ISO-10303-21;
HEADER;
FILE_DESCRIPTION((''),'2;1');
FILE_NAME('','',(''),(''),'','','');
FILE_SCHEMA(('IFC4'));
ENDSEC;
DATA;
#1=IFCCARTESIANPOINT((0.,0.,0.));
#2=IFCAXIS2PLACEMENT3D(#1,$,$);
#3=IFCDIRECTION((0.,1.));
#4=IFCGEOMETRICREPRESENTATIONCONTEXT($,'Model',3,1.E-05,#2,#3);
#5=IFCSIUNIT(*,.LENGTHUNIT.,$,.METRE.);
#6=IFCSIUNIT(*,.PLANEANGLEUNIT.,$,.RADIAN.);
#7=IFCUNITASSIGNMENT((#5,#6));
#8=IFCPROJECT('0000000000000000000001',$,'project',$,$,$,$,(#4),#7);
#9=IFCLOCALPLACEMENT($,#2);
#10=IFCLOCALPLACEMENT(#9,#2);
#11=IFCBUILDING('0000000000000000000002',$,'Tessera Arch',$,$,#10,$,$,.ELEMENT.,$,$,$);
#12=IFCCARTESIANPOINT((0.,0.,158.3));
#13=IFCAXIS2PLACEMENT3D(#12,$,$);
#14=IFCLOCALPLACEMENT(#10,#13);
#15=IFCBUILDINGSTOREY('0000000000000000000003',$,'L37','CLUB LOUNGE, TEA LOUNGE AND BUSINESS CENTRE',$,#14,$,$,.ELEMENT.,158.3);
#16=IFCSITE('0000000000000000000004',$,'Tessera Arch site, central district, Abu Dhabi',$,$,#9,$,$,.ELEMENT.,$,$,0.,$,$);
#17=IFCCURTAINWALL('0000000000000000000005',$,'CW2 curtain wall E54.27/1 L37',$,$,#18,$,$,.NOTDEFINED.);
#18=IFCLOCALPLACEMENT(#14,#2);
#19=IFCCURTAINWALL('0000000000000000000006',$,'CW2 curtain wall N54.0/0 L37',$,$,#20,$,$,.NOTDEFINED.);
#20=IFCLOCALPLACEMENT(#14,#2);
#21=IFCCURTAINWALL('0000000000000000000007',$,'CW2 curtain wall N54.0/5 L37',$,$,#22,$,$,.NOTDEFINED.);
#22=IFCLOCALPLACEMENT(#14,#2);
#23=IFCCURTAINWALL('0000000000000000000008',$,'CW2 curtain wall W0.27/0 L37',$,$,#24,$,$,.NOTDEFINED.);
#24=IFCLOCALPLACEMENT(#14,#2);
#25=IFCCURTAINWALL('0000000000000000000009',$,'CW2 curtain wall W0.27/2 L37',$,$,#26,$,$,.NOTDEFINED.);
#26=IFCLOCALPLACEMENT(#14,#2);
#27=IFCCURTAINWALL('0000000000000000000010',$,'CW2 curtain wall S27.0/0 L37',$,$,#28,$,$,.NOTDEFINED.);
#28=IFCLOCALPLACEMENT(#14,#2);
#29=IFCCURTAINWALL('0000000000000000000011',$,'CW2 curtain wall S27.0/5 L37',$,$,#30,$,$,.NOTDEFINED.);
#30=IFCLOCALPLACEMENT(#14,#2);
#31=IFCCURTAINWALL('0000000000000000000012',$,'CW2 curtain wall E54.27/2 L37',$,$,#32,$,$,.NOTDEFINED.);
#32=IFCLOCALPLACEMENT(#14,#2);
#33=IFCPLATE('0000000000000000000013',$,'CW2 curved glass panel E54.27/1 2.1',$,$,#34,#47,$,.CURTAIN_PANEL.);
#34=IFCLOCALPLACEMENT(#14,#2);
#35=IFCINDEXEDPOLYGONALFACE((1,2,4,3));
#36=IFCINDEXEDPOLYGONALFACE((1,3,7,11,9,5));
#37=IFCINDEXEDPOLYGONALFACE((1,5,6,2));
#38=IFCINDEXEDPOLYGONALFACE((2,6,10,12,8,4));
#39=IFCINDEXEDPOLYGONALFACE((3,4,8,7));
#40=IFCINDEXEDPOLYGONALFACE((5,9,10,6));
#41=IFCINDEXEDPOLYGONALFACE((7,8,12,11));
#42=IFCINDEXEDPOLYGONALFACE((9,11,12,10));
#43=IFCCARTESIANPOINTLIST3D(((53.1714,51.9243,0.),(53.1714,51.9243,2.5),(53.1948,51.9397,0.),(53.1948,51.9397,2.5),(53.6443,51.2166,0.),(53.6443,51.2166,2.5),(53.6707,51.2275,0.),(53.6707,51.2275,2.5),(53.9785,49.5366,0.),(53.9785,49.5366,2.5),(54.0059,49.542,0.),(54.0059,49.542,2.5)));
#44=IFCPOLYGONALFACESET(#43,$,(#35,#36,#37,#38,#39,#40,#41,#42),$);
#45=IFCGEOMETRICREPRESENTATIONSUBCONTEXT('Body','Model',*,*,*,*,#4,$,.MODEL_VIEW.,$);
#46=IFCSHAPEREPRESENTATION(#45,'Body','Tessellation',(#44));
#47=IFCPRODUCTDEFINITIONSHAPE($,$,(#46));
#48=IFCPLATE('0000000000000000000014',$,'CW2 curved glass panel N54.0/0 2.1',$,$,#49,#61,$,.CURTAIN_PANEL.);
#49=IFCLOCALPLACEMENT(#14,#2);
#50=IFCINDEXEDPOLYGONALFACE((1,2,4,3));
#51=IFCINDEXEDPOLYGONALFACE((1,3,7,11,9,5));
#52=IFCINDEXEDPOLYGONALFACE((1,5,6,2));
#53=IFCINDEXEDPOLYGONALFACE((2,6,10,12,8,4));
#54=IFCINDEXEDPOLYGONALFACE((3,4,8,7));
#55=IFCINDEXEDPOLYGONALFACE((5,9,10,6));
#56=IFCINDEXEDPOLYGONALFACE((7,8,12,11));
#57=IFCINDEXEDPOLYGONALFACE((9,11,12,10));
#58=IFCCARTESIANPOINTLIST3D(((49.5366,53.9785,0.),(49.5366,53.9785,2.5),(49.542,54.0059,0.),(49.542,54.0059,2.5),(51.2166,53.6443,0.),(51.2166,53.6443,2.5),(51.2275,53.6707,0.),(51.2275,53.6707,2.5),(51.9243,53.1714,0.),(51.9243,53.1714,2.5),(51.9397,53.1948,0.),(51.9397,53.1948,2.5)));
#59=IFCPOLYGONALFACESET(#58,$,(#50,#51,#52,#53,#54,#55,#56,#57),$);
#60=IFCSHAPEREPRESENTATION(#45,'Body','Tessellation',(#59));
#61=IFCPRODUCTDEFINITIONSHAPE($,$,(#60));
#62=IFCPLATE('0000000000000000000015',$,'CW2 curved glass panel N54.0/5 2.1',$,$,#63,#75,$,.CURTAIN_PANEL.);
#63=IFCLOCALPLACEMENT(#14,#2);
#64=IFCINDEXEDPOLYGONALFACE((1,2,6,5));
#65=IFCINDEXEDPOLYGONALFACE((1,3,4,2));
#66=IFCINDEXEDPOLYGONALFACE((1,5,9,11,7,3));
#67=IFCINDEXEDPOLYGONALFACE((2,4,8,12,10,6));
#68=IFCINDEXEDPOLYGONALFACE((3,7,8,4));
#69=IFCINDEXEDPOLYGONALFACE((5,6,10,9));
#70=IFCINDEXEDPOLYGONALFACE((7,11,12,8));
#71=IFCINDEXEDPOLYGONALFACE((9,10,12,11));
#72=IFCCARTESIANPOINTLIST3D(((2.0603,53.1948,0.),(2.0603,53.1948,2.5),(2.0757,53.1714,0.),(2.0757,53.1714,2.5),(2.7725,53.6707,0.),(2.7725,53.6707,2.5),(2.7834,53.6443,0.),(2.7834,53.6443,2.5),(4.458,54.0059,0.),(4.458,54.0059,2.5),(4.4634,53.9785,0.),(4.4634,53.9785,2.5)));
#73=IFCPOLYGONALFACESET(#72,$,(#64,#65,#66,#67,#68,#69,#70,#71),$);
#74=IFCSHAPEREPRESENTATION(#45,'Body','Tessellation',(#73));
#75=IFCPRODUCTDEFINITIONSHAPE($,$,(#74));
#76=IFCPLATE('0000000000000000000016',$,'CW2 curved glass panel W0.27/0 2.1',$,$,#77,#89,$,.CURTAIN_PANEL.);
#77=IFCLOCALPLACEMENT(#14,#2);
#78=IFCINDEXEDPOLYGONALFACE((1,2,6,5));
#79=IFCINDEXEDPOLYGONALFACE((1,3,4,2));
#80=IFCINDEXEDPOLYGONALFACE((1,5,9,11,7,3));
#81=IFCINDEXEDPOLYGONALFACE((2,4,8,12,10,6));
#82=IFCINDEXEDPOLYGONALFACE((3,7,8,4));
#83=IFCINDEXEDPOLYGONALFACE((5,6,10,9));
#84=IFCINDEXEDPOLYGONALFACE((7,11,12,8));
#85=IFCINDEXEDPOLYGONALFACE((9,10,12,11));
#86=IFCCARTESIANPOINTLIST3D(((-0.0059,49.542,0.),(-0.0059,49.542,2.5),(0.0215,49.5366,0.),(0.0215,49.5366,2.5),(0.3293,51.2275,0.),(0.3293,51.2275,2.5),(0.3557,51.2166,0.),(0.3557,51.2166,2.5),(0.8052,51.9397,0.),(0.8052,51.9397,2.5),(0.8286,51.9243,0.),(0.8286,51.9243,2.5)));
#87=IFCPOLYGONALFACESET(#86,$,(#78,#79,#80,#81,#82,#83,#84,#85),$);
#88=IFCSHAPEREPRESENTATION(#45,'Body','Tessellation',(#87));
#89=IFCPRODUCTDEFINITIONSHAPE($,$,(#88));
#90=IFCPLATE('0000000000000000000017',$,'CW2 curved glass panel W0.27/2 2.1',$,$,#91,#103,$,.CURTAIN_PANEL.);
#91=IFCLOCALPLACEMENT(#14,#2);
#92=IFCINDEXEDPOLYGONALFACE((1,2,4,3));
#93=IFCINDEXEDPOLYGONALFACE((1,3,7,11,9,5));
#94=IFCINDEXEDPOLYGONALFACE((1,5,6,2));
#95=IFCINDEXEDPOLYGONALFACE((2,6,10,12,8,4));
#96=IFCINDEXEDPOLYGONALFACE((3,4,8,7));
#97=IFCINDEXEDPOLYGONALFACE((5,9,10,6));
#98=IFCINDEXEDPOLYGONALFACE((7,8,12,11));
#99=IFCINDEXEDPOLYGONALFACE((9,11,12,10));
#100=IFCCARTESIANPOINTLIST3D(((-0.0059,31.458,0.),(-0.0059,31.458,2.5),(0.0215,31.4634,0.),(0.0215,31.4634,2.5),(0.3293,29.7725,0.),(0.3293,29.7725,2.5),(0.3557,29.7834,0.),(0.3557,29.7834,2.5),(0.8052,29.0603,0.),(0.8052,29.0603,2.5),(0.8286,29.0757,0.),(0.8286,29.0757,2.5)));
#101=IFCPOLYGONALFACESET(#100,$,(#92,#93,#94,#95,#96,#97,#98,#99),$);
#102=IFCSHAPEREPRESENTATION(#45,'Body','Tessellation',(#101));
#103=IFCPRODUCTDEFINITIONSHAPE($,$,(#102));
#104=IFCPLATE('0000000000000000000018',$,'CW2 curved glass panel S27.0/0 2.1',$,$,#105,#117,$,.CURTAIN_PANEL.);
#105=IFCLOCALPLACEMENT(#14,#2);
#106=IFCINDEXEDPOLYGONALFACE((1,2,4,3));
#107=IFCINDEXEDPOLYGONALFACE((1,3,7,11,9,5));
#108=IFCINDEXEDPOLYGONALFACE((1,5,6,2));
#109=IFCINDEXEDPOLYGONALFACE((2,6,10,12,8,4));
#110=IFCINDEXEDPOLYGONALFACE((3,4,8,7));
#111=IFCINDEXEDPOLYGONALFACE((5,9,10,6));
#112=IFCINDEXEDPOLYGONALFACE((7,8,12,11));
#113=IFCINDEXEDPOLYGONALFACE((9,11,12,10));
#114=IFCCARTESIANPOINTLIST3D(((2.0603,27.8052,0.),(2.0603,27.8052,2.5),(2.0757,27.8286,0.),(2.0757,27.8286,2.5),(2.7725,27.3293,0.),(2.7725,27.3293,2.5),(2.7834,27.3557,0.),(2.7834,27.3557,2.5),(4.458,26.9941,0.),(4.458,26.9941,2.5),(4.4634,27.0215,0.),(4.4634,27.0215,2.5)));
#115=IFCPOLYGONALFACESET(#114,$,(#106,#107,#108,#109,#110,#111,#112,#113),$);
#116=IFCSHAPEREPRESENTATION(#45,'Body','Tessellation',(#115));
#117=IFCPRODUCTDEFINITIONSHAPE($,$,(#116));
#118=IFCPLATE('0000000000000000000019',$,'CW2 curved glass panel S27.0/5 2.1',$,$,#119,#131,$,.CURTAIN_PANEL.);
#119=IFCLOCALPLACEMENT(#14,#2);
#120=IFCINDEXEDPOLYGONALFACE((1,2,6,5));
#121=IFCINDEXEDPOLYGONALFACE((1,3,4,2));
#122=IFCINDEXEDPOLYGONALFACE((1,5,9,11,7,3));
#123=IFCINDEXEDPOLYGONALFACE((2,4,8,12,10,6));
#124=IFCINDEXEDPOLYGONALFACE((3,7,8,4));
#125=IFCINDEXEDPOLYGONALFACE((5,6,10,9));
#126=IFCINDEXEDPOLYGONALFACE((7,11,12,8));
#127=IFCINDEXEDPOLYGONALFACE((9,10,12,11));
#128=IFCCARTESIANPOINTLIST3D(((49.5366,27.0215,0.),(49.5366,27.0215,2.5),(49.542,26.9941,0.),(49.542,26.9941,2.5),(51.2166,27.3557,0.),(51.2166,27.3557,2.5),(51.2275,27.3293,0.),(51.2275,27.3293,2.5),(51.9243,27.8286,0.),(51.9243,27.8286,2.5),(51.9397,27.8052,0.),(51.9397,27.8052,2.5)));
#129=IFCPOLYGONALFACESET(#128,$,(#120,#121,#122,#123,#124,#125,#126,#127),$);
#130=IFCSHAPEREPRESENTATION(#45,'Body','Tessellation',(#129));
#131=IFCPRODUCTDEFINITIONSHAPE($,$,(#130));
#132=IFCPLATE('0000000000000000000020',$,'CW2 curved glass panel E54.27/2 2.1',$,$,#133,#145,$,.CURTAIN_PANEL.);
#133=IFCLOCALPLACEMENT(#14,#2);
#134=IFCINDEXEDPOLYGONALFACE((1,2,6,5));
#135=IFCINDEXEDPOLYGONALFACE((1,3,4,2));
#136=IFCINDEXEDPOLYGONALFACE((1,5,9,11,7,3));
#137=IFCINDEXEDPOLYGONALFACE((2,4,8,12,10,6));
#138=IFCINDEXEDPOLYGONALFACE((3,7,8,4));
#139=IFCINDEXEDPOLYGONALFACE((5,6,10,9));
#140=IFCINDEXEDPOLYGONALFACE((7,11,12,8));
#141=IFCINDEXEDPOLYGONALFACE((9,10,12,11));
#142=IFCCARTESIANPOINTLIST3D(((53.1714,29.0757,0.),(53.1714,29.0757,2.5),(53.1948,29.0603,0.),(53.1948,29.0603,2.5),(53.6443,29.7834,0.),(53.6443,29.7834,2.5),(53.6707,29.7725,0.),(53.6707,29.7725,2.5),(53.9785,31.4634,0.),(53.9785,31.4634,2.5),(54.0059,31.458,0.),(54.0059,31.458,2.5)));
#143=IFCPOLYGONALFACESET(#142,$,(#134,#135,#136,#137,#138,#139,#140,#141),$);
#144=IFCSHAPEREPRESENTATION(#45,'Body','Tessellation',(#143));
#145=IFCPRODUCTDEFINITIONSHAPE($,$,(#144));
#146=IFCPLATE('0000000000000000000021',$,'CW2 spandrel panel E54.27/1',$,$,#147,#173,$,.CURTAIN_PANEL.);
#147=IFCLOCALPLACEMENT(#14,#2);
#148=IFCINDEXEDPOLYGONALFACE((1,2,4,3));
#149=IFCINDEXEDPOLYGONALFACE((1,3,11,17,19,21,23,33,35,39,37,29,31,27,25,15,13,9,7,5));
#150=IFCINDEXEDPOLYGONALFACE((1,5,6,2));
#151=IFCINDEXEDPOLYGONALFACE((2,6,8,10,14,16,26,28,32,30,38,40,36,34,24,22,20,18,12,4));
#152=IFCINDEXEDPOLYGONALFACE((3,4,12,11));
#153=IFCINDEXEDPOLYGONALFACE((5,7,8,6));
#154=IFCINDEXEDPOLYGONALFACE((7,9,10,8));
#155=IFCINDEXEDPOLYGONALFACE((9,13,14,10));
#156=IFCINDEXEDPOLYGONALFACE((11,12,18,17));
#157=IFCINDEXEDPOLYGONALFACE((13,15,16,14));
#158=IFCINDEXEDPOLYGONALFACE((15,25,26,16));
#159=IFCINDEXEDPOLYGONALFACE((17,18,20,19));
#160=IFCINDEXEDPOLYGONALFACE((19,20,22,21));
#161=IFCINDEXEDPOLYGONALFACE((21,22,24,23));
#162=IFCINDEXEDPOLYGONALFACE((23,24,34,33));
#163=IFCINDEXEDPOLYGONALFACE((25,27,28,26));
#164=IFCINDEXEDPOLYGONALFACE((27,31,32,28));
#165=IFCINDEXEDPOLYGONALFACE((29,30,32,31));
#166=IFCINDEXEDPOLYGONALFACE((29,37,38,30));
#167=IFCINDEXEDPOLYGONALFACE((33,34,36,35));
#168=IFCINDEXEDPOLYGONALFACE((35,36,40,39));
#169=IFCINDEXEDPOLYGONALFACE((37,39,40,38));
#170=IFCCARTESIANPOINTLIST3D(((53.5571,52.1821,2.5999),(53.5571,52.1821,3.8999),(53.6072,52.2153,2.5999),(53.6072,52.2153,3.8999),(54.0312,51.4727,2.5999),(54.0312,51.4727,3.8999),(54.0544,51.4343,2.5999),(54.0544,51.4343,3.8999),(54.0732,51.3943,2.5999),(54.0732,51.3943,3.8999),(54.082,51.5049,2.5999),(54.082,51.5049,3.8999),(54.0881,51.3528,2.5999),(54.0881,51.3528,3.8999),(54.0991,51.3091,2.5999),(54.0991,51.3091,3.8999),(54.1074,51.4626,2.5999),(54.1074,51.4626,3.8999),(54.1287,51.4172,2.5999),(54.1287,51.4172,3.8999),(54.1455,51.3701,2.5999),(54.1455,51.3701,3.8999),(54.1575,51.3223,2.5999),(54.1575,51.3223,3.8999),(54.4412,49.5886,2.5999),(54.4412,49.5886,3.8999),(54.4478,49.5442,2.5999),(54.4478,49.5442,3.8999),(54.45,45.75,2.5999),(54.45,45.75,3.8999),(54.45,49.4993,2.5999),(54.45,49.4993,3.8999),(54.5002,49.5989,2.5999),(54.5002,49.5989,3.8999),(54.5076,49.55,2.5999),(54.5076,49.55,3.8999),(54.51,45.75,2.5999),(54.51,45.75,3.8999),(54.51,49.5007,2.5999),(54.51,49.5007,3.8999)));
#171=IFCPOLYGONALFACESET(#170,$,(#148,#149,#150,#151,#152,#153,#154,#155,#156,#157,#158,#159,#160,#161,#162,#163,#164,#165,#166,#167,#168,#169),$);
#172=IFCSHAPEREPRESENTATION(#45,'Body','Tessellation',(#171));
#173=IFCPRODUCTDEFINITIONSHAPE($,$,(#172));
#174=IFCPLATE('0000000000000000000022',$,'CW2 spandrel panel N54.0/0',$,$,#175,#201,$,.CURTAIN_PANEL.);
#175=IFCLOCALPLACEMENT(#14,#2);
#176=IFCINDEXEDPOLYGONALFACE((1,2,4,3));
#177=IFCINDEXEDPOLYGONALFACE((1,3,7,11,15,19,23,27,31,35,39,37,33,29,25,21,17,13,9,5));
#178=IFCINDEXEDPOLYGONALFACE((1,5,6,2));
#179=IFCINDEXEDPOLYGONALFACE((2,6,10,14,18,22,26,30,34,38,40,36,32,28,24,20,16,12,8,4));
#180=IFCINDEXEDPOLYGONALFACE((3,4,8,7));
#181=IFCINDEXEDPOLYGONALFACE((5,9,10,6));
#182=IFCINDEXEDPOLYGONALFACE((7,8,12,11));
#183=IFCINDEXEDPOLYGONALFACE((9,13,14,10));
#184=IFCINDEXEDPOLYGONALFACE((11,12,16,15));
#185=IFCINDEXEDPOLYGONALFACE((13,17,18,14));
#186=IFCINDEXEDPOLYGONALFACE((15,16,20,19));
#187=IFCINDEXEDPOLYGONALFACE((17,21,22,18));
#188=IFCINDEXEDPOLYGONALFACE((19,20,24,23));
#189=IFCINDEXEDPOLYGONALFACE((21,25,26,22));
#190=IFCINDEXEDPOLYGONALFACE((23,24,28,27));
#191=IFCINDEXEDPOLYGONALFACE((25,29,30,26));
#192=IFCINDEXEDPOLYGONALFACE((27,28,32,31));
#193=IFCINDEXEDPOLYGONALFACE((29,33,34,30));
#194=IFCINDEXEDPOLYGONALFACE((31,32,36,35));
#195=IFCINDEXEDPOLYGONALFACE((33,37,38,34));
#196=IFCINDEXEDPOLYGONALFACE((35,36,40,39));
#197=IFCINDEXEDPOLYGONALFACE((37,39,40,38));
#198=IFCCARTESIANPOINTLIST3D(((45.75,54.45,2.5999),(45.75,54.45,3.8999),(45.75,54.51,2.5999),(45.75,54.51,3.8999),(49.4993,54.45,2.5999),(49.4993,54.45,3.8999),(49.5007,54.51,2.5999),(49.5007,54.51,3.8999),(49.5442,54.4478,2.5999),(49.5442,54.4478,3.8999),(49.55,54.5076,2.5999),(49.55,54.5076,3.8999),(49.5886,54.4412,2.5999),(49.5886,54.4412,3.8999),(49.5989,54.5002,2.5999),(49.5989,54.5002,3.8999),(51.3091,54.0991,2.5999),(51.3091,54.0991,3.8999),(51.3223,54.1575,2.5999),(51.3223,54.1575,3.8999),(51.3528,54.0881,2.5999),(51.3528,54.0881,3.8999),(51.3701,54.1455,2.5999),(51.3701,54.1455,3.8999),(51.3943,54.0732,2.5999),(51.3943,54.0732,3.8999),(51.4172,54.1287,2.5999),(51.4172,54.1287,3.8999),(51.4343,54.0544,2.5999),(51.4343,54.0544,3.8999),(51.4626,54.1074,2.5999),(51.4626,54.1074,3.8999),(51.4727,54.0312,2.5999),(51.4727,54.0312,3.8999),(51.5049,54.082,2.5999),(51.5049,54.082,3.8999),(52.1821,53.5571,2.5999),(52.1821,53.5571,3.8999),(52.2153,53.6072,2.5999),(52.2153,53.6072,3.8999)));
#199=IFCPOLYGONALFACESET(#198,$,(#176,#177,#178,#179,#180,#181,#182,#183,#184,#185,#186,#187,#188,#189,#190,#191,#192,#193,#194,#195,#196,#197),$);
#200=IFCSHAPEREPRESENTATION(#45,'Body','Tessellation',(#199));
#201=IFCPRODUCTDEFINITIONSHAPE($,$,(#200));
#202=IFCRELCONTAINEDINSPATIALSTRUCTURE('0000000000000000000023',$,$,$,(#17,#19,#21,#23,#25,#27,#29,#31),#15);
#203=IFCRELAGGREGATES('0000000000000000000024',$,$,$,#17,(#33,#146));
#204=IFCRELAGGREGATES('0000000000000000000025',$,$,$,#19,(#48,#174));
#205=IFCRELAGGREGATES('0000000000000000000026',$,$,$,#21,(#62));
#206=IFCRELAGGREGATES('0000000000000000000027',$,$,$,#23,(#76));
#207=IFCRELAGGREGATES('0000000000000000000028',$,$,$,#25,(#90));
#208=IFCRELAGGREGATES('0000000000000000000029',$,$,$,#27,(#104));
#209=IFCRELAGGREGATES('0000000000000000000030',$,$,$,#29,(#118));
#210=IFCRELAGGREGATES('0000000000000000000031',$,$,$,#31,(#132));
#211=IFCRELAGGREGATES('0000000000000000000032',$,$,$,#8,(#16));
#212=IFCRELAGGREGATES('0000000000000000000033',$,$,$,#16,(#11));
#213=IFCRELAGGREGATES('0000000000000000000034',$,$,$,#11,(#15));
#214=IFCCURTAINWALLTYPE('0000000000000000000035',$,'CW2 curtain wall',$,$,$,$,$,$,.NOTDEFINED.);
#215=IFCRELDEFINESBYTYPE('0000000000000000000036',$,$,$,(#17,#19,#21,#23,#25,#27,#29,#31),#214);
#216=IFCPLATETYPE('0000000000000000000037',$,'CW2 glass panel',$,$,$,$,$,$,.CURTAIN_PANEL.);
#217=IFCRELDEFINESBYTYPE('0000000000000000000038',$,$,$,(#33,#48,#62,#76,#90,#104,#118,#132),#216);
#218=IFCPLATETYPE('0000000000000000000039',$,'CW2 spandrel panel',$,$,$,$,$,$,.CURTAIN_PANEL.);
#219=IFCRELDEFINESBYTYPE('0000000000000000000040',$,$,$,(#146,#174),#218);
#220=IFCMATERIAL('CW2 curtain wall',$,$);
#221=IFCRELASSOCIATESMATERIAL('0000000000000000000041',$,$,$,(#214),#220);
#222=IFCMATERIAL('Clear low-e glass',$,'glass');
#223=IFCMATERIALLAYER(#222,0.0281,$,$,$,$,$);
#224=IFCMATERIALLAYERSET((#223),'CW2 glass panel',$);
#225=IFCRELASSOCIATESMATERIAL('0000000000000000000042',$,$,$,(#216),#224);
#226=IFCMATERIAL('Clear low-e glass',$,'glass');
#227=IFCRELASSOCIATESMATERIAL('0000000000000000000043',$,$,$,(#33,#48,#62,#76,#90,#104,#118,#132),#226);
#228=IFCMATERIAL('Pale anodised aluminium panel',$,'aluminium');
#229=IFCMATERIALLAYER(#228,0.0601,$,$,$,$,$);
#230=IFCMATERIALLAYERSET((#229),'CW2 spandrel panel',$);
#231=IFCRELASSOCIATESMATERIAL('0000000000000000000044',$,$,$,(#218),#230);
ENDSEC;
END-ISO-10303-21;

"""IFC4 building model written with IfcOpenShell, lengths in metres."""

from ifc_helpers import new_model, si_unit, direction, frame, origin, place, context, subcontext, project, spatial, polyline, outline, extrude, material, layer, layer_set, type_object, element, aggregate, save


model = new_model("IFC4")

# Units and contexts
model_context = context("Model", 3, precision=1e-05, world=origin(), true_north=direction((0.0, 1.0)))
body_context = subcontext(model_context, "Body", "Model", "MODEL_VIEW")
ifc_project = project(units=[si_unit("LENGTHUNIT", "METRE"), si_unit("PLANEANGLEUNIT", "RADIAN")], contexts=[model_context])

# Site, building, storey
site_placement = place(None, origin())
site = spatial("IfcSite", under=ifc_project, at=site_placement, Name="Tessera Arch site, central district, Abu Dhabi", CompositionType="ELEMENT", RefElevation=0.0)
building_placement = place(site_placement, origin())
building = spatial("IfcBuilding", under=site, at=building_placement, Name="Tessera Arch", CompositionType="ELEMENT")
storey_placement = place(building_placement, frame((0.0, 0.0, 158.3)))
storey = spatial("IfcBuildingStorey", under=building, at=storey_placement, Name="L37", Description="CLUB LOUNGE, TEA LOUNGE AND BUSINESS CENTRE", CompositionType="ELEMENT", Elevation=158.3)

# Curtain walls
ifc_material_1 = material(Name="CW2 curtain wall")
curtain_wall_type = type_object("IfcCurtainWallType", Name="CW2 curtain wall", PredefinedType="NOTDEFINED", material=ifc_material_1)
curtain_wall_1_placement = place(storey_placement, origin())
curtain_wall_1 = element("IfcCurtainWall", 1, at=curtain_wall_1_placement, inside=storey, type_object=curtain_wall_type, Name="CW2 curtain wall E54.27/1 L37", PredefinedType="NOTDEFINED")
curtain_wall_2_placement = place(storey_placement, origin())
curtain_wall_2 = element("IfcCurtainWall", 2, at=curtain_wall_2_placement, inside=storey, type_object=curtain_wall_type, Name="CW2 curtain wall N54.0/0 L37", PredefinedType="NOTDEFINED")
curtain_wall_3_placement = place(storey_placement, origin())
curtain_wall_3 = element("IfcCurtainWall", 3, at=curtain_wall_3_placement, inside=storey, type_object=curtain_wall_type, Name="CW2 curtain wall N54.0/5 L37", PredefinedType="NOTDEFINED")
curtain_wall_4_placement = place(storey_placement, origin())
curtain_wall_4 = element("IfcCurtainWall", 4, at=curtain_wall_4_placement, inside=storey, type_object=curtain_wall_type, Name="CW2 curtain wall W0.27/0 L37", PredefinedType="NOTDEFINED")
curtain_wall_5_placement = place(storey_placement, origin())
curtain_wall_5 = element("IfcCurtainWall", 5, at=curtain_wall_5_placement, inside=storey, type_object=curtain_wall_type, Name="CW2 curtain wall W0.27/2 L37", PredefinedType="NOTDEFINED")
curtain_wall_6_placement = place(storey_placement, origin())
curtain_wall_6 = element("IfcCurtainWall", 6, at=curtain_wall_6_placement, inside=storey, type_object=curtain_wall_type, Name="CW2 curtain wall S27.0/0 L37", PredefinedType="NOTDEFINED")
curtain_wall_7_placement = place(storey_placement, origin())
curtain_wall_7 = element("IfcCurtainWall", 7, at=curtain_wall_7_placement, inside=storey, type_object=curtain_wall_type, Name="CW2 curtain wall S27.0/5 L37", PredefinedType="NOTDEFINED")
curtain_wall_8_placement = place(storey_placement, origin())
curtain_wall_8 = element("IfcCurtainWall", 8, at=curtain_wall_8_placement, inside=storey, type_object=curtain_wall_type, Name="CW2 curtain wall E54.27/2 L37", PredefinedType="NOTDEFINED")

# Plates
ifc_material_2 = material(Name="Clear low-e glass", Category="glass")
ifc_material_3 = material(Name="Clear low-e glass", Category="glass")
ifc_layer_1 = layer(ifc_material_3, 0.0281)
ifc_layer_set_1 = layer_set([ifc_layer_1], Name="CW2 glass panel")
plate_type_1 = type_object("IfcPlateType", Name="CW2 glass panel", PredefinedType="CURTAIN_PANEL", material=ifc_layer_set_1)
plate_1_placement = place(storey_placement, origin())
plate_1 = element("IfcPlate", 9, at=plate_1_placement, type_object=plate_type_1, material=ifc_material_2, Name="CW2 curved glass panel E54.27/1 2.1", PredefinedType="CURTAIN_PANEL", context=body_context, shape_type="SweptSolid", body=[
    extrude(outline(polyline([(53.6443, 51.2166), (53.9785, 49.5366), (54.0059, 49.542), (53.6707, 51.2275), (53.1948, 51.9397), (53.1714, 51.9243), (53.6443, 51.2166)])), origin(), (0.0, 0.0, 1.0), 2.5),
])
plate_2_placement = place(storey_placement, origin())
plate_2 = element("IfcPlate", 10, at=plate_2_placement, type_object=plate_type_1, material=ifc_material_2, Name="CW2 curved glass panel N54.0/0 2.1", PredefinedType="CURTAIN_PANEL", context=body_context, shape_type="SweptSolid", body=[
    extrude(outline(polyline([(51.2166, 53.6443), (51.9243, 53.1714), (51.9397, 53.1948), (51.2275, 53.6707), (49.542, 54.0059), (49.5366, 53.9785), (51.2166, 53.6443)])), origin(), (0.0, 0.0, 1.0), 2.5),
])
plate_3_placement = place(storey_placement, origin())
plate_3 = element("IfcPlate", 11, at=plate_3_placement, type_object=plate_type_1, material=ifc_material_2, Name="CW2 curved glass panel N54.0/5 2.1", PredefinedType="CURTAIN_PANEL", context=body_context, shape_type="SweptSolid", body=[
    extrude(outline(polyline([(2.7834, 53.6443), (4.4634, 53.9785), (4.458, 54.0059), (2.7725, 53.6707), (2.0603, 53.1948), (2.0757, 53.1714), (2.7834, 53.6443)])), origin(), (0.0, 0.0, 1.0), 2.5),
])
plate_4_placement = place(storey_placement, origin())
plate_4 = element("IfcPlate", 12, at=plate_4_placement, type_object=plate_type_1, material=ifc_material_2, Name="CW2 curved glass panel W0.27/0 2.1", PredefinedType="CURTAIN_PANEL", context=body_context, shape_type="SweptSolid", body=[
    extrude(outline(polyline([(0.3557, 51.2166), (0.8286, 51.9243), (0.8052, 51.9397), (0.3293, 51.2275), (-0.0059, 49.542), (0.0215, 49.5366), (0.3557, 51.2166)])), origin(), (0.0, 0.0, 1.0), 2.5),
])
plate_5_placement = place(storey_placement, origin())
plate_5 = element("IfcPlate", 13, at=plate_5_placement, type_object=plate_type_1, material=ifc_material_2, Name="CW2 curved glass panel W0.27/2 2.1", PredefinedType="CURTAIN_PANEL", context=body_context, shape_type="SweptSolid", body=[
    extrude(outline(polyline([(0.3557, 29.7834), (0.0215, 31.4634), (-0.0059, 31.458), (0.3293, 29.7725), (0.8052, 29.0603), (0.8286, 29.0757), (0.3557, 29.7834)])), origin(), (0.0, 0.0, 1.0), 2.5),
])
plate_6_placement = place(storey_placement, origin())
plate_6 = element("IfcPlate", 14, at=plate_6_placement, type_object=plate_type_1, material=ifc_material_2, Name="CW2 curved glass panel S27.0/0 2.1", PredefinedType="CURTAIN_PANEL", context=body_context, shape_type="SweptSolid", body=[
    extrude(outline(polyline([(2.7834, 27.3557), (2.0757, 27.8286), (2.0603, 27.8052), (2.7725, 27.3293), (4.458, 26.9941), (4.4634, 27.0215), (2.7834, 27.3557)])), origin(), (0.0, 0.0, 1.0), 2.5),
])
plate_7_placement = place(storey_placement, origin())
plate_7 = element("IfcPlate", 15, at=plate_7_placement, type_object=plate_type_1, material=ifc_material_2, Name="CW2 curved glass panel S27.0/5 2.1", PredefinedType="CURTAIN_PANEL", context=body_context, shape_type="SweptSolid", body=[
    extrude(outline(polyline([(51.2166, 27.3557), (49.5366, 27.0215), (49.542, 26.9941), (51.2275, 27.3293), (51.9397, 27.8052), (51.9243, 27.8286), (51.2166, 27.3557)])), origin(), (0.0, 0.0, 1.0), 2.5),
])
plate_8_placement = place(storey_placement, origin())
plate_8 = element("IfcPlate", 16, at=plate_8_placement, type_object=plate_type_1, material=ifc_material_2, Name="CW2 curved glass panel E54.27/2 2.1", PredefinedType="CURTAIN_PANEL", context=body_context, shape_type="SweptSolid", body=[
    extrude(outline(polyline([(53.6443, 29.7834), (53.1714, 29.0757), (53.1948, 29.0603), (53.6707, 29.7725), (54.0059, 31.458), (53.9785, 31.4634), (53.6443, 29.7834)])), origin(), (0.0, 0.0, 1.0), 2.5),
])
ifc_material_4 = material(Name="Pale anodised aluminium panel", Category="aluminium")
ifc_layer_2 = layer(ifc_material_4, 0.0601)
ifc_layer_set_2 = layer_set([ifc_layer_2], Name="CW2 spandrel panel")
plate_type_2 = type_object("IfcPlateType", Name="CW2 spandrel panel", PredefinedType="CURTAIN_PANEL", material=ifc_layer_set_2)
plate_9_placement = place(storey_placement, frame((0.0, 0.0, 2.5999)))
plate_9 = element("IfcPlate", 17, at=plate_9_placement, type_object=plate_type_2, Name="CW2 spandrel panel E54.27/1", PredefinedType="CURTAIN_PANEL", context=body_context, shape_type="SweptSolid", body=[
    extrude(outline(polyline([(54.45, 49.4993), (54.45, 45.75), (54.51, 45.75), (54.51, 49.5007), (54.5076, 49.55), (54.5002, 49.5989), (54.1575, 51.3223), (54.1455, 51.3701), (54.1287, 51.4172), (54.1074, 51.4626), (54.082, 51.5049), (53.6072, 52.2153), (53.5571, 52.1821), (54.0312, 51.4727), (54.0544, 51.4343), (54.0732, 51.3943), (54.0881, 51.3528), (54.0991, 51.3091), (54.4412, 49.5886), (54.4478, 49.5442), (54.45, 49.4993)])), origin(), (0.0, 0.0, 1.0), 1.3),
])
aggregate(curtain_wall_1, [plate_1, plate_9])
plate_10_placement = place(storey_placement, frame((0.0, 0.0, 2.5999)))
plate_10 = element("IfcPlate", 18, at=plate_10_placement, type_object=plate_type_2, Name="CW2 spandrel panel N54.0/0", PredefinedType="CURTAIN_PANEL", context=body_context, shape_type="SweptSolid", body=[
    extrude(outline(polyline([(51.4727, 54.0312), (52.1821, 53.5571), (52.2153, 53.6072), (51.5049, 54.082), (51.4626, 54.1074), (51.4172, 54.1287), (51.3701, 54.1455), (51.3223, 54.1575), (49.5989, 54.5002), (49.55, 54.5076), (49.5007, 54.51), (45.75, 54.51), (45.75, 54.45), (49.4993, 54.45), (49.5442, 54.4478), (49.5886, 54.4412), (51.3091, 54.0991), (51.3528, 54.0881), (51.3943, 54.0732), (51.4343, 54.0544), (51.4727, 54.0312)])), origin(), (0.0, 0.0, 1.0), 1.3),
])
aggregate(curtain_wall_2, [plate_2, plate_10])
aggregate(curtain_wall_3, [plate_3])
aggregate(curtain_wall_4, [plate_4])
aggregate(curtain_wall_5, [plate_5])
aggregate(curtain_wall_6, [plate_6])
aggregate(curtain_wall_7, [plate_7])
aggregate(curtain_wall_8, [plate_8])

save(model, "model.ifc")
